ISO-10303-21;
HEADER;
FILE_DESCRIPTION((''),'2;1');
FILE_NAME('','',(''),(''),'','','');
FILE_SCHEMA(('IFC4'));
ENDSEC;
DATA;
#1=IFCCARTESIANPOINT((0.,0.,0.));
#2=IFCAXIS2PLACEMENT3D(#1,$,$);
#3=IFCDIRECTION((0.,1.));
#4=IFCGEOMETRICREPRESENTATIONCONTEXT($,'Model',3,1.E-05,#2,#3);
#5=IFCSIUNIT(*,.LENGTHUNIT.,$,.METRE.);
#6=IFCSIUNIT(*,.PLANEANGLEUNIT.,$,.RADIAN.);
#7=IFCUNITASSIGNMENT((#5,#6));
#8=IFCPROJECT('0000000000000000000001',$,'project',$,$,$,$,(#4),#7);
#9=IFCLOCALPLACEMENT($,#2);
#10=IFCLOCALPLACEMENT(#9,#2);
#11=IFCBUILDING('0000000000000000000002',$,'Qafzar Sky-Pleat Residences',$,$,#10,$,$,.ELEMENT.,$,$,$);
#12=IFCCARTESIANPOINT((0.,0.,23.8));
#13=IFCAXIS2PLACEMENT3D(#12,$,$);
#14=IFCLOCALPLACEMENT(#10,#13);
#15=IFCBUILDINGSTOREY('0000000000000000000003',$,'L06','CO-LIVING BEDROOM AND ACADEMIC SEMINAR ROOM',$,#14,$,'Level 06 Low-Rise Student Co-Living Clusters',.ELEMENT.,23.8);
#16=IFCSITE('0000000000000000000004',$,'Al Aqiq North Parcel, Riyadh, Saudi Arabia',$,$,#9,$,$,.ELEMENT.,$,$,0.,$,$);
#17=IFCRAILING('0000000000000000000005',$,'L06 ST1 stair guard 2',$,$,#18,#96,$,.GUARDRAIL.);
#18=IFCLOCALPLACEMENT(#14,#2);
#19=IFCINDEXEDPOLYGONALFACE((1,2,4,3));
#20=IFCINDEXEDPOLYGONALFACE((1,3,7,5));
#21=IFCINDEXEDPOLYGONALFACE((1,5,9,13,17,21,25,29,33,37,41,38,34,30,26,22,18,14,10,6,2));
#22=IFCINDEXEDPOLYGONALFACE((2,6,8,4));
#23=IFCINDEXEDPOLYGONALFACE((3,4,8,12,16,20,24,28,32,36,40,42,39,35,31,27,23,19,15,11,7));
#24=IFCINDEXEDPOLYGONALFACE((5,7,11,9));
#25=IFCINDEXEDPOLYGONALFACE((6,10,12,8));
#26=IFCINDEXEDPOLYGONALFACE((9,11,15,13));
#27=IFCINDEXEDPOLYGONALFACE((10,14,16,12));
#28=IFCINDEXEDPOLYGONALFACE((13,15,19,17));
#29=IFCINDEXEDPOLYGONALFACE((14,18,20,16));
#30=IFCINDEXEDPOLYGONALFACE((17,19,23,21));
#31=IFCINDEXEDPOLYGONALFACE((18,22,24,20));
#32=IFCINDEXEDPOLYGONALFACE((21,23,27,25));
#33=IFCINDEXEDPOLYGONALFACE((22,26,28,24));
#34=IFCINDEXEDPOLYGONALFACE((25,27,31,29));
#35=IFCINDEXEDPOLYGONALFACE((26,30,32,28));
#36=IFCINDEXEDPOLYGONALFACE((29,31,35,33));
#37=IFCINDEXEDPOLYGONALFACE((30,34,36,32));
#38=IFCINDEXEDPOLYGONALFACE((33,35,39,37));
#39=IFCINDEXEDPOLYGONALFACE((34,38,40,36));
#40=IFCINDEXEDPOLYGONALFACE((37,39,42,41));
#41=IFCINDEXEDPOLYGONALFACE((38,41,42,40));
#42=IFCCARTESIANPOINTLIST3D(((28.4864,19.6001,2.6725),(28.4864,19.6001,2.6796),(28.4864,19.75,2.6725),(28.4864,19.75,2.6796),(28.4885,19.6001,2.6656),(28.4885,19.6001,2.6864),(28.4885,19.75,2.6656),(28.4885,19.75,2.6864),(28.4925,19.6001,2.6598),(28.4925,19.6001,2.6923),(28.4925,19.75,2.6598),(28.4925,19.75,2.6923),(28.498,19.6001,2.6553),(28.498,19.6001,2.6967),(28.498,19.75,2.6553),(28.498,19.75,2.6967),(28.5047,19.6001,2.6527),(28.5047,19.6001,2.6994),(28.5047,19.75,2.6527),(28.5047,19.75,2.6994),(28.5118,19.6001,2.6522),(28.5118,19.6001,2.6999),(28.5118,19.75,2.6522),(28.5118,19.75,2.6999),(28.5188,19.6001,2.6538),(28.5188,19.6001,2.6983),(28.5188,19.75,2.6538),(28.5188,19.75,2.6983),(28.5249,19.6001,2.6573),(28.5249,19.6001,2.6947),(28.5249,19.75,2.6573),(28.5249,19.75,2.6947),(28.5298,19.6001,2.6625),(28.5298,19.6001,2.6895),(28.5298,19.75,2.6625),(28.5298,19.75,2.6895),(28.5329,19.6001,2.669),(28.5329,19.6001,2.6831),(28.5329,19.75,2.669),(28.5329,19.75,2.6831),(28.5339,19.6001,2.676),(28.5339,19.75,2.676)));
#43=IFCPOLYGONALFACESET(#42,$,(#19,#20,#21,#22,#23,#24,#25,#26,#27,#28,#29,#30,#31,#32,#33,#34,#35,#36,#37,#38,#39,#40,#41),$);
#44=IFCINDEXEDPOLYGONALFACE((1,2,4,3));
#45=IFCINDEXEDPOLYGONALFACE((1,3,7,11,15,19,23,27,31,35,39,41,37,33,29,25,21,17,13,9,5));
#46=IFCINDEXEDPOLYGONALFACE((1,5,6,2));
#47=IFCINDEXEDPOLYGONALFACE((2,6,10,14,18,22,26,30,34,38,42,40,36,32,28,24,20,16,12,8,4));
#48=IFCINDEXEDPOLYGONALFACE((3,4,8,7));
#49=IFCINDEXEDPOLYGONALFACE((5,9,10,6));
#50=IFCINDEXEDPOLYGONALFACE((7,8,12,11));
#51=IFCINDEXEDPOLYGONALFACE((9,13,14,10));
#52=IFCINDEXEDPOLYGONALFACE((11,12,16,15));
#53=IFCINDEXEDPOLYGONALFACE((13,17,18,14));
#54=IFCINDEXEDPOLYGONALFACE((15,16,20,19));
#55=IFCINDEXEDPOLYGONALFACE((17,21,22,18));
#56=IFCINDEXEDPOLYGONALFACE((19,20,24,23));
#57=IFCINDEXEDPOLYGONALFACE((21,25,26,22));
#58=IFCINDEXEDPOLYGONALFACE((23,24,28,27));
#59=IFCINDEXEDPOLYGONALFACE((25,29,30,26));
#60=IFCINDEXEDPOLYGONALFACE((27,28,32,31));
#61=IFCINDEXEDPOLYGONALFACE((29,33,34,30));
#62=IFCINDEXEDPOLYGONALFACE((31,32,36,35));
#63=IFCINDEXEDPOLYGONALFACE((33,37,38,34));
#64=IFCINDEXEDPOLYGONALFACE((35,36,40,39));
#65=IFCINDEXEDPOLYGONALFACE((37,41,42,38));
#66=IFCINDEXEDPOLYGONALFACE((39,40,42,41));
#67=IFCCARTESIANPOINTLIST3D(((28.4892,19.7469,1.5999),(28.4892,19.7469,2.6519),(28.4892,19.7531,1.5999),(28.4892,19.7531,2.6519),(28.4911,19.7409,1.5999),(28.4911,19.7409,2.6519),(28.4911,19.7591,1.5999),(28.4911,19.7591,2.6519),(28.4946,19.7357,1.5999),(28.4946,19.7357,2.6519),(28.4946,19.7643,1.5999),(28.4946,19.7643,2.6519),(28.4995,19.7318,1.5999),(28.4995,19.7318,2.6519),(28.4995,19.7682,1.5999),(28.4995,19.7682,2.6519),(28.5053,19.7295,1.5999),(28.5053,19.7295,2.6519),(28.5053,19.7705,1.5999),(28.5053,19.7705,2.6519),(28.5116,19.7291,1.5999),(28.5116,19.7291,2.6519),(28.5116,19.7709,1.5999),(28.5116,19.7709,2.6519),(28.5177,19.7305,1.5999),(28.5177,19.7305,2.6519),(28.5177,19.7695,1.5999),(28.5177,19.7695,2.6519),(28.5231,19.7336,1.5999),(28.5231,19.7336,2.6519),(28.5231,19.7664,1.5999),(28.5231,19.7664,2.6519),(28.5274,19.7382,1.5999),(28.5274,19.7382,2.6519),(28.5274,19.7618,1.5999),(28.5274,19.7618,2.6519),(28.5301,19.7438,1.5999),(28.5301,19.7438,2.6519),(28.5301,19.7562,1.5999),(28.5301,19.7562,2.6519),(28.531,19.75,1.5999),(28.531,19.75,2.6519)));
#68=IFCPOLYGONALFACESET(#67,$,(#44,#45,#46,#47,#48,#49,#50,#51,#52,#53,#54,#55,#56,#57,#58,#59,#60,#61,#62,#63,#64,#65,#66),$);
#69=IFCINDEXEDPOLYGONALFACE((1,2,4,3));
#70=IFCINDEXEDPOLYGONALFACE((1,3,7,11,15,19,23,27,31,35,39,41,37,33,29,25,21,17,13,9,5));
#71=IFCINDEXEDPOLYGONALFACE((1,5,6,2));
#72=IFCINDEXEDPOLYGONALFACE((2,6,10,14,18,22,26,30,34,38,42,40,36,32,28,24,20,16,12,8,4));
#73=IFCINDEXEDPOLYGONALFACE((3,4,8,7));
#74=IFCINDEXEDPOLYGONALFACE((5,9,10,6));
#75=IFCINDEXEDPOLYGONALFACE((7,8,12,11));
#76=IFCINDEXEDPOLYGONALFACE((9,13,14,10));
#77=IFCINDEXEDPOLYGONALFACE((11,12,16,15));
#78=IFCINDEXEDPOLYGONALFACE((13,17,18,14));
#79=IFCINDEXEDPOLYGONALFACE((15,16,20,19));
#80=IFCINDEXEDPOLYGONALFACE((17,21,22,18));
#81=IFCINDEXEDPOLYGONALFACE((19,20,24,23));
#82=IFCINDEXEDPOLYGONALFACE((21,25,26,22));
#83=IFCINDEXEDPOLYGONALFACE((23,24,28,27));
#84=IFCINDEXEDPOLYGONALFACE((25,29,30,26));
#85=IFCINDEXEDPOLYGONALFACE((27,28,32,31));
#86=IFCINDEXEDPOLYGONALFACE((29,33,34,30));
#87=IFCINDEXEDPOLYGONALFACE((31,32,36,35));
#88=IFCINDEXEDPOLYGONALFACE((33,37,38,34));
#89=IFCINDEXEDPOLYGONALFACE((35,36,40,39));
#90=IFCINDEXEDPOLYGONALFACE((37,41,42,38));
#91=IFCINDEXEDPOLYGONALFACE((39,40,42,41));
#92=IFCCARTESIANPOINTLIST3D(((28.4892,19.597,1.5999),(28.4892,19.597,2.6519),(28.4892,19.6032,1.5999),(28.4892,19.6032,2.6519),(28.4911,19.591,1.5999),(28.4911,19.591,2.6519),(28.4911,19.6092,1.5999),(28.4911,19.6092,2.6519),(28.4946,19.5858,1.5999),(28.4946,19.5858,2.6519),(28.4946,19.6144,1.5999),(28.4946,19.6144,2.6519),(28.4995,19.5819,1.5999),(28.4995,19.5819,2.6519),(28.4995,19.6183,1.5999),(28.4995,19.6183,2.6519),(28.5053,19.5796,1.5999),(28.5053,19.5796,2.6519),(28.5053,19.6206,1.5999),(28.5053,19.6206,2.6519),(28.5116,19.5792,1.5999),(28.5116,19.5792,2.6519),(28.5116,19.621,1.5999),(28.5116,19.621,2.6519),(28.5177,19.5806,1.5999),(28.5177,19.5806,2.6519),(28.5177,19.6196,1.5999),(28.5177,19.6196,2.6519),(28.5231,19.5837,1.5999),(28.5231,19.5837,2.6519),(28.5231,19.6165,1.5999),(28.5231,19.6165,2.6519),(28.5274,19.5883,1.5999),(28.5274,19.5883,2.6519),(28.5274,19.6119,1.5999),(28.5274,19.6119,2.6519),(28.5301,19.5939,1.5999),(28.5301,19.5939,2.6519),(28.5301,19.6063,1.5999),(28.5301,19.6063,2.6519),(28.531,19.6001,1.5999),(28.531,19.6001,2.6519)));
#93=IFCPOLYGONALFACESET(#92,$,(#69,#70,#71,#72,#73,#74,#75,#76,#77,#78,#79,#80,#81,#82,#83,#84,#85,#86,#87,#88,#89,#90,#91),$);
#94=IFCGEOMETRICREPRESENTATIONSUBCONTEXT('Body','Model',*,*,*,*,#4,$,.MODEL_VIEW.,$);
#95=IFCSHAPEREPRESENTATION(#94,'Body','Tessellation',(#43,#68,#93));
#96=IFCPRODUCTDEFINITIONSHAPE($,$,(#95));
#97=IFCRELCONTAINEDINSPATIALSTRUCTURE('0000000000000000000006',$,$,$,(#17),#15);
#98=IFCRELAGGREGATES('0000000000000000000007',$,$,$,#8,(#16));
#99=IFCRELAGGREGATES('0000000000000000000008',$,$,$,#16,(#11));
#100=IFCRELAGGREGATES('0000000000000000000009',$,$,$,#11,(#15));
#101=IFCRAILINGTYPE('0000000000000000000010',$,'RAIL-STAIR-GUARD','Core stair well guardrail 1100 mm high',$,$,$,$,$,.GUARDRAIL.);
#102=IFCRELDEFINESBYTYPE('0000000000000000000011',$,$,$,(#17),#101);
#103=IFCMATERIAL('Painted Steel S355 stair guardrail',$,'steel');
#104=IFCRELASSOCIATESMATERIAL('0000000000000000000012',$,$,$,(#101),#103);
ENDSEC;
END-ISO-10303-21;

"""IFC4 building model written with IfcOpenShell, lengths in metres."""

from ifc_helpers import new_model, si_unit, direction, frame, origin, origin_2d, place, context, subcontext, project, spatial, circle, extrude, source, transform, mapped, material, type_object, element, save


model = new_model("IFC4")

# Units and contexts
model_context = context("Model", 3, precision=1e-05, world=origin(), true_north=direction((0.0, 1.0)))
body_context = subcontext(model_context, "Body", "Model", "MODEL_VIEW")
ifc_project = project(units=[si_unit("LENGTHUNIT", "METRE"), si_unit("PLANEANGLEUNIT", "RADIAN")], contexts=[model_context])

# Site, building, storey
site_placement = place(None, origin())
site = spatial("IfcSite", under=ifc_project, at=site_placement, Name="Al Aqiq North Parcel, Riyadh, Saudi Arabia", CompositionType="ELEMENT", RefElevation=0.0)
building_placement = place(site_placement, origin())
building = spatial("IfcBuilding", under=site, at=building_placement, Name="Qafzar Sky-Pleat Residences", CompositionType="ELEMENT")
storey_placement = place(building_placement, frame((0.0, 0.0, 23.8)))
storey = spatial("IfcBuildingStorey", under=building, at=storey_placement, Name="L06", Description="CO-LIVING BEDROOM AND ACADEMIC SEMINAR ROOM", LongName="Level 06 Low-Rise Student Co-Living Clusters", CompositionType="ELEMENT", Elevation=23.8)

# Railing
ifc_material_1 = material(Name="Painted Steel S355 stair guardrail", Category="steel")
railing_type_1 = type_object("IfcRailingType", Name="RAIL-STAIR-GUARD", Description="Core stair well guardrail 1100 mm high", PredefinedType="GUARDRAIL", material=ifc_material_1)
shared_shape_1 = source(origin(), body_context, "Body", "SweptSolid", [
    extrude(circle(Radius=0.0239, at=origin_2d()), frame((0.0, 0.0, 1.0762), z_axis=(0.0, -1.0, 0.0), x_axis=(1.0, 0.0, 0.0)), (0.0, 0.0, 1.0), 0.1499),
    extrude(circle(Radius=0.021, at=origin_2d()), origin(), (0.0, 0.0, 1.0), 1.052),
    extrude(circle(Radius=0.021, at=origin_2d()), frame((0.0, -0.1499, 0.0)), (0.0, 0.0, 1.0), 1.052),
])
railing_1_placement = place(storey_placement, frame((28.51, 19.75, 1.5999)))
element("IfcRailing", 1, at=railing_1_placement, inside=storey, type_object=railing_type_1, Name="L06 ST1 stair guard 2", PredefinedType="GUARDRAIL", context=body_context, shape_type="MappedRepresentation", body=[
    mapped(shared_shape_1, transform((0.0, 0.0, 0.0), x_axis=(1.0, 0.0, 0.0), y_axis=(0.0, 1.0, 0.0), z_axis=(0.0, 0.0, 1.0), scale=1.0)),
])

save(model, "model.ifc")
